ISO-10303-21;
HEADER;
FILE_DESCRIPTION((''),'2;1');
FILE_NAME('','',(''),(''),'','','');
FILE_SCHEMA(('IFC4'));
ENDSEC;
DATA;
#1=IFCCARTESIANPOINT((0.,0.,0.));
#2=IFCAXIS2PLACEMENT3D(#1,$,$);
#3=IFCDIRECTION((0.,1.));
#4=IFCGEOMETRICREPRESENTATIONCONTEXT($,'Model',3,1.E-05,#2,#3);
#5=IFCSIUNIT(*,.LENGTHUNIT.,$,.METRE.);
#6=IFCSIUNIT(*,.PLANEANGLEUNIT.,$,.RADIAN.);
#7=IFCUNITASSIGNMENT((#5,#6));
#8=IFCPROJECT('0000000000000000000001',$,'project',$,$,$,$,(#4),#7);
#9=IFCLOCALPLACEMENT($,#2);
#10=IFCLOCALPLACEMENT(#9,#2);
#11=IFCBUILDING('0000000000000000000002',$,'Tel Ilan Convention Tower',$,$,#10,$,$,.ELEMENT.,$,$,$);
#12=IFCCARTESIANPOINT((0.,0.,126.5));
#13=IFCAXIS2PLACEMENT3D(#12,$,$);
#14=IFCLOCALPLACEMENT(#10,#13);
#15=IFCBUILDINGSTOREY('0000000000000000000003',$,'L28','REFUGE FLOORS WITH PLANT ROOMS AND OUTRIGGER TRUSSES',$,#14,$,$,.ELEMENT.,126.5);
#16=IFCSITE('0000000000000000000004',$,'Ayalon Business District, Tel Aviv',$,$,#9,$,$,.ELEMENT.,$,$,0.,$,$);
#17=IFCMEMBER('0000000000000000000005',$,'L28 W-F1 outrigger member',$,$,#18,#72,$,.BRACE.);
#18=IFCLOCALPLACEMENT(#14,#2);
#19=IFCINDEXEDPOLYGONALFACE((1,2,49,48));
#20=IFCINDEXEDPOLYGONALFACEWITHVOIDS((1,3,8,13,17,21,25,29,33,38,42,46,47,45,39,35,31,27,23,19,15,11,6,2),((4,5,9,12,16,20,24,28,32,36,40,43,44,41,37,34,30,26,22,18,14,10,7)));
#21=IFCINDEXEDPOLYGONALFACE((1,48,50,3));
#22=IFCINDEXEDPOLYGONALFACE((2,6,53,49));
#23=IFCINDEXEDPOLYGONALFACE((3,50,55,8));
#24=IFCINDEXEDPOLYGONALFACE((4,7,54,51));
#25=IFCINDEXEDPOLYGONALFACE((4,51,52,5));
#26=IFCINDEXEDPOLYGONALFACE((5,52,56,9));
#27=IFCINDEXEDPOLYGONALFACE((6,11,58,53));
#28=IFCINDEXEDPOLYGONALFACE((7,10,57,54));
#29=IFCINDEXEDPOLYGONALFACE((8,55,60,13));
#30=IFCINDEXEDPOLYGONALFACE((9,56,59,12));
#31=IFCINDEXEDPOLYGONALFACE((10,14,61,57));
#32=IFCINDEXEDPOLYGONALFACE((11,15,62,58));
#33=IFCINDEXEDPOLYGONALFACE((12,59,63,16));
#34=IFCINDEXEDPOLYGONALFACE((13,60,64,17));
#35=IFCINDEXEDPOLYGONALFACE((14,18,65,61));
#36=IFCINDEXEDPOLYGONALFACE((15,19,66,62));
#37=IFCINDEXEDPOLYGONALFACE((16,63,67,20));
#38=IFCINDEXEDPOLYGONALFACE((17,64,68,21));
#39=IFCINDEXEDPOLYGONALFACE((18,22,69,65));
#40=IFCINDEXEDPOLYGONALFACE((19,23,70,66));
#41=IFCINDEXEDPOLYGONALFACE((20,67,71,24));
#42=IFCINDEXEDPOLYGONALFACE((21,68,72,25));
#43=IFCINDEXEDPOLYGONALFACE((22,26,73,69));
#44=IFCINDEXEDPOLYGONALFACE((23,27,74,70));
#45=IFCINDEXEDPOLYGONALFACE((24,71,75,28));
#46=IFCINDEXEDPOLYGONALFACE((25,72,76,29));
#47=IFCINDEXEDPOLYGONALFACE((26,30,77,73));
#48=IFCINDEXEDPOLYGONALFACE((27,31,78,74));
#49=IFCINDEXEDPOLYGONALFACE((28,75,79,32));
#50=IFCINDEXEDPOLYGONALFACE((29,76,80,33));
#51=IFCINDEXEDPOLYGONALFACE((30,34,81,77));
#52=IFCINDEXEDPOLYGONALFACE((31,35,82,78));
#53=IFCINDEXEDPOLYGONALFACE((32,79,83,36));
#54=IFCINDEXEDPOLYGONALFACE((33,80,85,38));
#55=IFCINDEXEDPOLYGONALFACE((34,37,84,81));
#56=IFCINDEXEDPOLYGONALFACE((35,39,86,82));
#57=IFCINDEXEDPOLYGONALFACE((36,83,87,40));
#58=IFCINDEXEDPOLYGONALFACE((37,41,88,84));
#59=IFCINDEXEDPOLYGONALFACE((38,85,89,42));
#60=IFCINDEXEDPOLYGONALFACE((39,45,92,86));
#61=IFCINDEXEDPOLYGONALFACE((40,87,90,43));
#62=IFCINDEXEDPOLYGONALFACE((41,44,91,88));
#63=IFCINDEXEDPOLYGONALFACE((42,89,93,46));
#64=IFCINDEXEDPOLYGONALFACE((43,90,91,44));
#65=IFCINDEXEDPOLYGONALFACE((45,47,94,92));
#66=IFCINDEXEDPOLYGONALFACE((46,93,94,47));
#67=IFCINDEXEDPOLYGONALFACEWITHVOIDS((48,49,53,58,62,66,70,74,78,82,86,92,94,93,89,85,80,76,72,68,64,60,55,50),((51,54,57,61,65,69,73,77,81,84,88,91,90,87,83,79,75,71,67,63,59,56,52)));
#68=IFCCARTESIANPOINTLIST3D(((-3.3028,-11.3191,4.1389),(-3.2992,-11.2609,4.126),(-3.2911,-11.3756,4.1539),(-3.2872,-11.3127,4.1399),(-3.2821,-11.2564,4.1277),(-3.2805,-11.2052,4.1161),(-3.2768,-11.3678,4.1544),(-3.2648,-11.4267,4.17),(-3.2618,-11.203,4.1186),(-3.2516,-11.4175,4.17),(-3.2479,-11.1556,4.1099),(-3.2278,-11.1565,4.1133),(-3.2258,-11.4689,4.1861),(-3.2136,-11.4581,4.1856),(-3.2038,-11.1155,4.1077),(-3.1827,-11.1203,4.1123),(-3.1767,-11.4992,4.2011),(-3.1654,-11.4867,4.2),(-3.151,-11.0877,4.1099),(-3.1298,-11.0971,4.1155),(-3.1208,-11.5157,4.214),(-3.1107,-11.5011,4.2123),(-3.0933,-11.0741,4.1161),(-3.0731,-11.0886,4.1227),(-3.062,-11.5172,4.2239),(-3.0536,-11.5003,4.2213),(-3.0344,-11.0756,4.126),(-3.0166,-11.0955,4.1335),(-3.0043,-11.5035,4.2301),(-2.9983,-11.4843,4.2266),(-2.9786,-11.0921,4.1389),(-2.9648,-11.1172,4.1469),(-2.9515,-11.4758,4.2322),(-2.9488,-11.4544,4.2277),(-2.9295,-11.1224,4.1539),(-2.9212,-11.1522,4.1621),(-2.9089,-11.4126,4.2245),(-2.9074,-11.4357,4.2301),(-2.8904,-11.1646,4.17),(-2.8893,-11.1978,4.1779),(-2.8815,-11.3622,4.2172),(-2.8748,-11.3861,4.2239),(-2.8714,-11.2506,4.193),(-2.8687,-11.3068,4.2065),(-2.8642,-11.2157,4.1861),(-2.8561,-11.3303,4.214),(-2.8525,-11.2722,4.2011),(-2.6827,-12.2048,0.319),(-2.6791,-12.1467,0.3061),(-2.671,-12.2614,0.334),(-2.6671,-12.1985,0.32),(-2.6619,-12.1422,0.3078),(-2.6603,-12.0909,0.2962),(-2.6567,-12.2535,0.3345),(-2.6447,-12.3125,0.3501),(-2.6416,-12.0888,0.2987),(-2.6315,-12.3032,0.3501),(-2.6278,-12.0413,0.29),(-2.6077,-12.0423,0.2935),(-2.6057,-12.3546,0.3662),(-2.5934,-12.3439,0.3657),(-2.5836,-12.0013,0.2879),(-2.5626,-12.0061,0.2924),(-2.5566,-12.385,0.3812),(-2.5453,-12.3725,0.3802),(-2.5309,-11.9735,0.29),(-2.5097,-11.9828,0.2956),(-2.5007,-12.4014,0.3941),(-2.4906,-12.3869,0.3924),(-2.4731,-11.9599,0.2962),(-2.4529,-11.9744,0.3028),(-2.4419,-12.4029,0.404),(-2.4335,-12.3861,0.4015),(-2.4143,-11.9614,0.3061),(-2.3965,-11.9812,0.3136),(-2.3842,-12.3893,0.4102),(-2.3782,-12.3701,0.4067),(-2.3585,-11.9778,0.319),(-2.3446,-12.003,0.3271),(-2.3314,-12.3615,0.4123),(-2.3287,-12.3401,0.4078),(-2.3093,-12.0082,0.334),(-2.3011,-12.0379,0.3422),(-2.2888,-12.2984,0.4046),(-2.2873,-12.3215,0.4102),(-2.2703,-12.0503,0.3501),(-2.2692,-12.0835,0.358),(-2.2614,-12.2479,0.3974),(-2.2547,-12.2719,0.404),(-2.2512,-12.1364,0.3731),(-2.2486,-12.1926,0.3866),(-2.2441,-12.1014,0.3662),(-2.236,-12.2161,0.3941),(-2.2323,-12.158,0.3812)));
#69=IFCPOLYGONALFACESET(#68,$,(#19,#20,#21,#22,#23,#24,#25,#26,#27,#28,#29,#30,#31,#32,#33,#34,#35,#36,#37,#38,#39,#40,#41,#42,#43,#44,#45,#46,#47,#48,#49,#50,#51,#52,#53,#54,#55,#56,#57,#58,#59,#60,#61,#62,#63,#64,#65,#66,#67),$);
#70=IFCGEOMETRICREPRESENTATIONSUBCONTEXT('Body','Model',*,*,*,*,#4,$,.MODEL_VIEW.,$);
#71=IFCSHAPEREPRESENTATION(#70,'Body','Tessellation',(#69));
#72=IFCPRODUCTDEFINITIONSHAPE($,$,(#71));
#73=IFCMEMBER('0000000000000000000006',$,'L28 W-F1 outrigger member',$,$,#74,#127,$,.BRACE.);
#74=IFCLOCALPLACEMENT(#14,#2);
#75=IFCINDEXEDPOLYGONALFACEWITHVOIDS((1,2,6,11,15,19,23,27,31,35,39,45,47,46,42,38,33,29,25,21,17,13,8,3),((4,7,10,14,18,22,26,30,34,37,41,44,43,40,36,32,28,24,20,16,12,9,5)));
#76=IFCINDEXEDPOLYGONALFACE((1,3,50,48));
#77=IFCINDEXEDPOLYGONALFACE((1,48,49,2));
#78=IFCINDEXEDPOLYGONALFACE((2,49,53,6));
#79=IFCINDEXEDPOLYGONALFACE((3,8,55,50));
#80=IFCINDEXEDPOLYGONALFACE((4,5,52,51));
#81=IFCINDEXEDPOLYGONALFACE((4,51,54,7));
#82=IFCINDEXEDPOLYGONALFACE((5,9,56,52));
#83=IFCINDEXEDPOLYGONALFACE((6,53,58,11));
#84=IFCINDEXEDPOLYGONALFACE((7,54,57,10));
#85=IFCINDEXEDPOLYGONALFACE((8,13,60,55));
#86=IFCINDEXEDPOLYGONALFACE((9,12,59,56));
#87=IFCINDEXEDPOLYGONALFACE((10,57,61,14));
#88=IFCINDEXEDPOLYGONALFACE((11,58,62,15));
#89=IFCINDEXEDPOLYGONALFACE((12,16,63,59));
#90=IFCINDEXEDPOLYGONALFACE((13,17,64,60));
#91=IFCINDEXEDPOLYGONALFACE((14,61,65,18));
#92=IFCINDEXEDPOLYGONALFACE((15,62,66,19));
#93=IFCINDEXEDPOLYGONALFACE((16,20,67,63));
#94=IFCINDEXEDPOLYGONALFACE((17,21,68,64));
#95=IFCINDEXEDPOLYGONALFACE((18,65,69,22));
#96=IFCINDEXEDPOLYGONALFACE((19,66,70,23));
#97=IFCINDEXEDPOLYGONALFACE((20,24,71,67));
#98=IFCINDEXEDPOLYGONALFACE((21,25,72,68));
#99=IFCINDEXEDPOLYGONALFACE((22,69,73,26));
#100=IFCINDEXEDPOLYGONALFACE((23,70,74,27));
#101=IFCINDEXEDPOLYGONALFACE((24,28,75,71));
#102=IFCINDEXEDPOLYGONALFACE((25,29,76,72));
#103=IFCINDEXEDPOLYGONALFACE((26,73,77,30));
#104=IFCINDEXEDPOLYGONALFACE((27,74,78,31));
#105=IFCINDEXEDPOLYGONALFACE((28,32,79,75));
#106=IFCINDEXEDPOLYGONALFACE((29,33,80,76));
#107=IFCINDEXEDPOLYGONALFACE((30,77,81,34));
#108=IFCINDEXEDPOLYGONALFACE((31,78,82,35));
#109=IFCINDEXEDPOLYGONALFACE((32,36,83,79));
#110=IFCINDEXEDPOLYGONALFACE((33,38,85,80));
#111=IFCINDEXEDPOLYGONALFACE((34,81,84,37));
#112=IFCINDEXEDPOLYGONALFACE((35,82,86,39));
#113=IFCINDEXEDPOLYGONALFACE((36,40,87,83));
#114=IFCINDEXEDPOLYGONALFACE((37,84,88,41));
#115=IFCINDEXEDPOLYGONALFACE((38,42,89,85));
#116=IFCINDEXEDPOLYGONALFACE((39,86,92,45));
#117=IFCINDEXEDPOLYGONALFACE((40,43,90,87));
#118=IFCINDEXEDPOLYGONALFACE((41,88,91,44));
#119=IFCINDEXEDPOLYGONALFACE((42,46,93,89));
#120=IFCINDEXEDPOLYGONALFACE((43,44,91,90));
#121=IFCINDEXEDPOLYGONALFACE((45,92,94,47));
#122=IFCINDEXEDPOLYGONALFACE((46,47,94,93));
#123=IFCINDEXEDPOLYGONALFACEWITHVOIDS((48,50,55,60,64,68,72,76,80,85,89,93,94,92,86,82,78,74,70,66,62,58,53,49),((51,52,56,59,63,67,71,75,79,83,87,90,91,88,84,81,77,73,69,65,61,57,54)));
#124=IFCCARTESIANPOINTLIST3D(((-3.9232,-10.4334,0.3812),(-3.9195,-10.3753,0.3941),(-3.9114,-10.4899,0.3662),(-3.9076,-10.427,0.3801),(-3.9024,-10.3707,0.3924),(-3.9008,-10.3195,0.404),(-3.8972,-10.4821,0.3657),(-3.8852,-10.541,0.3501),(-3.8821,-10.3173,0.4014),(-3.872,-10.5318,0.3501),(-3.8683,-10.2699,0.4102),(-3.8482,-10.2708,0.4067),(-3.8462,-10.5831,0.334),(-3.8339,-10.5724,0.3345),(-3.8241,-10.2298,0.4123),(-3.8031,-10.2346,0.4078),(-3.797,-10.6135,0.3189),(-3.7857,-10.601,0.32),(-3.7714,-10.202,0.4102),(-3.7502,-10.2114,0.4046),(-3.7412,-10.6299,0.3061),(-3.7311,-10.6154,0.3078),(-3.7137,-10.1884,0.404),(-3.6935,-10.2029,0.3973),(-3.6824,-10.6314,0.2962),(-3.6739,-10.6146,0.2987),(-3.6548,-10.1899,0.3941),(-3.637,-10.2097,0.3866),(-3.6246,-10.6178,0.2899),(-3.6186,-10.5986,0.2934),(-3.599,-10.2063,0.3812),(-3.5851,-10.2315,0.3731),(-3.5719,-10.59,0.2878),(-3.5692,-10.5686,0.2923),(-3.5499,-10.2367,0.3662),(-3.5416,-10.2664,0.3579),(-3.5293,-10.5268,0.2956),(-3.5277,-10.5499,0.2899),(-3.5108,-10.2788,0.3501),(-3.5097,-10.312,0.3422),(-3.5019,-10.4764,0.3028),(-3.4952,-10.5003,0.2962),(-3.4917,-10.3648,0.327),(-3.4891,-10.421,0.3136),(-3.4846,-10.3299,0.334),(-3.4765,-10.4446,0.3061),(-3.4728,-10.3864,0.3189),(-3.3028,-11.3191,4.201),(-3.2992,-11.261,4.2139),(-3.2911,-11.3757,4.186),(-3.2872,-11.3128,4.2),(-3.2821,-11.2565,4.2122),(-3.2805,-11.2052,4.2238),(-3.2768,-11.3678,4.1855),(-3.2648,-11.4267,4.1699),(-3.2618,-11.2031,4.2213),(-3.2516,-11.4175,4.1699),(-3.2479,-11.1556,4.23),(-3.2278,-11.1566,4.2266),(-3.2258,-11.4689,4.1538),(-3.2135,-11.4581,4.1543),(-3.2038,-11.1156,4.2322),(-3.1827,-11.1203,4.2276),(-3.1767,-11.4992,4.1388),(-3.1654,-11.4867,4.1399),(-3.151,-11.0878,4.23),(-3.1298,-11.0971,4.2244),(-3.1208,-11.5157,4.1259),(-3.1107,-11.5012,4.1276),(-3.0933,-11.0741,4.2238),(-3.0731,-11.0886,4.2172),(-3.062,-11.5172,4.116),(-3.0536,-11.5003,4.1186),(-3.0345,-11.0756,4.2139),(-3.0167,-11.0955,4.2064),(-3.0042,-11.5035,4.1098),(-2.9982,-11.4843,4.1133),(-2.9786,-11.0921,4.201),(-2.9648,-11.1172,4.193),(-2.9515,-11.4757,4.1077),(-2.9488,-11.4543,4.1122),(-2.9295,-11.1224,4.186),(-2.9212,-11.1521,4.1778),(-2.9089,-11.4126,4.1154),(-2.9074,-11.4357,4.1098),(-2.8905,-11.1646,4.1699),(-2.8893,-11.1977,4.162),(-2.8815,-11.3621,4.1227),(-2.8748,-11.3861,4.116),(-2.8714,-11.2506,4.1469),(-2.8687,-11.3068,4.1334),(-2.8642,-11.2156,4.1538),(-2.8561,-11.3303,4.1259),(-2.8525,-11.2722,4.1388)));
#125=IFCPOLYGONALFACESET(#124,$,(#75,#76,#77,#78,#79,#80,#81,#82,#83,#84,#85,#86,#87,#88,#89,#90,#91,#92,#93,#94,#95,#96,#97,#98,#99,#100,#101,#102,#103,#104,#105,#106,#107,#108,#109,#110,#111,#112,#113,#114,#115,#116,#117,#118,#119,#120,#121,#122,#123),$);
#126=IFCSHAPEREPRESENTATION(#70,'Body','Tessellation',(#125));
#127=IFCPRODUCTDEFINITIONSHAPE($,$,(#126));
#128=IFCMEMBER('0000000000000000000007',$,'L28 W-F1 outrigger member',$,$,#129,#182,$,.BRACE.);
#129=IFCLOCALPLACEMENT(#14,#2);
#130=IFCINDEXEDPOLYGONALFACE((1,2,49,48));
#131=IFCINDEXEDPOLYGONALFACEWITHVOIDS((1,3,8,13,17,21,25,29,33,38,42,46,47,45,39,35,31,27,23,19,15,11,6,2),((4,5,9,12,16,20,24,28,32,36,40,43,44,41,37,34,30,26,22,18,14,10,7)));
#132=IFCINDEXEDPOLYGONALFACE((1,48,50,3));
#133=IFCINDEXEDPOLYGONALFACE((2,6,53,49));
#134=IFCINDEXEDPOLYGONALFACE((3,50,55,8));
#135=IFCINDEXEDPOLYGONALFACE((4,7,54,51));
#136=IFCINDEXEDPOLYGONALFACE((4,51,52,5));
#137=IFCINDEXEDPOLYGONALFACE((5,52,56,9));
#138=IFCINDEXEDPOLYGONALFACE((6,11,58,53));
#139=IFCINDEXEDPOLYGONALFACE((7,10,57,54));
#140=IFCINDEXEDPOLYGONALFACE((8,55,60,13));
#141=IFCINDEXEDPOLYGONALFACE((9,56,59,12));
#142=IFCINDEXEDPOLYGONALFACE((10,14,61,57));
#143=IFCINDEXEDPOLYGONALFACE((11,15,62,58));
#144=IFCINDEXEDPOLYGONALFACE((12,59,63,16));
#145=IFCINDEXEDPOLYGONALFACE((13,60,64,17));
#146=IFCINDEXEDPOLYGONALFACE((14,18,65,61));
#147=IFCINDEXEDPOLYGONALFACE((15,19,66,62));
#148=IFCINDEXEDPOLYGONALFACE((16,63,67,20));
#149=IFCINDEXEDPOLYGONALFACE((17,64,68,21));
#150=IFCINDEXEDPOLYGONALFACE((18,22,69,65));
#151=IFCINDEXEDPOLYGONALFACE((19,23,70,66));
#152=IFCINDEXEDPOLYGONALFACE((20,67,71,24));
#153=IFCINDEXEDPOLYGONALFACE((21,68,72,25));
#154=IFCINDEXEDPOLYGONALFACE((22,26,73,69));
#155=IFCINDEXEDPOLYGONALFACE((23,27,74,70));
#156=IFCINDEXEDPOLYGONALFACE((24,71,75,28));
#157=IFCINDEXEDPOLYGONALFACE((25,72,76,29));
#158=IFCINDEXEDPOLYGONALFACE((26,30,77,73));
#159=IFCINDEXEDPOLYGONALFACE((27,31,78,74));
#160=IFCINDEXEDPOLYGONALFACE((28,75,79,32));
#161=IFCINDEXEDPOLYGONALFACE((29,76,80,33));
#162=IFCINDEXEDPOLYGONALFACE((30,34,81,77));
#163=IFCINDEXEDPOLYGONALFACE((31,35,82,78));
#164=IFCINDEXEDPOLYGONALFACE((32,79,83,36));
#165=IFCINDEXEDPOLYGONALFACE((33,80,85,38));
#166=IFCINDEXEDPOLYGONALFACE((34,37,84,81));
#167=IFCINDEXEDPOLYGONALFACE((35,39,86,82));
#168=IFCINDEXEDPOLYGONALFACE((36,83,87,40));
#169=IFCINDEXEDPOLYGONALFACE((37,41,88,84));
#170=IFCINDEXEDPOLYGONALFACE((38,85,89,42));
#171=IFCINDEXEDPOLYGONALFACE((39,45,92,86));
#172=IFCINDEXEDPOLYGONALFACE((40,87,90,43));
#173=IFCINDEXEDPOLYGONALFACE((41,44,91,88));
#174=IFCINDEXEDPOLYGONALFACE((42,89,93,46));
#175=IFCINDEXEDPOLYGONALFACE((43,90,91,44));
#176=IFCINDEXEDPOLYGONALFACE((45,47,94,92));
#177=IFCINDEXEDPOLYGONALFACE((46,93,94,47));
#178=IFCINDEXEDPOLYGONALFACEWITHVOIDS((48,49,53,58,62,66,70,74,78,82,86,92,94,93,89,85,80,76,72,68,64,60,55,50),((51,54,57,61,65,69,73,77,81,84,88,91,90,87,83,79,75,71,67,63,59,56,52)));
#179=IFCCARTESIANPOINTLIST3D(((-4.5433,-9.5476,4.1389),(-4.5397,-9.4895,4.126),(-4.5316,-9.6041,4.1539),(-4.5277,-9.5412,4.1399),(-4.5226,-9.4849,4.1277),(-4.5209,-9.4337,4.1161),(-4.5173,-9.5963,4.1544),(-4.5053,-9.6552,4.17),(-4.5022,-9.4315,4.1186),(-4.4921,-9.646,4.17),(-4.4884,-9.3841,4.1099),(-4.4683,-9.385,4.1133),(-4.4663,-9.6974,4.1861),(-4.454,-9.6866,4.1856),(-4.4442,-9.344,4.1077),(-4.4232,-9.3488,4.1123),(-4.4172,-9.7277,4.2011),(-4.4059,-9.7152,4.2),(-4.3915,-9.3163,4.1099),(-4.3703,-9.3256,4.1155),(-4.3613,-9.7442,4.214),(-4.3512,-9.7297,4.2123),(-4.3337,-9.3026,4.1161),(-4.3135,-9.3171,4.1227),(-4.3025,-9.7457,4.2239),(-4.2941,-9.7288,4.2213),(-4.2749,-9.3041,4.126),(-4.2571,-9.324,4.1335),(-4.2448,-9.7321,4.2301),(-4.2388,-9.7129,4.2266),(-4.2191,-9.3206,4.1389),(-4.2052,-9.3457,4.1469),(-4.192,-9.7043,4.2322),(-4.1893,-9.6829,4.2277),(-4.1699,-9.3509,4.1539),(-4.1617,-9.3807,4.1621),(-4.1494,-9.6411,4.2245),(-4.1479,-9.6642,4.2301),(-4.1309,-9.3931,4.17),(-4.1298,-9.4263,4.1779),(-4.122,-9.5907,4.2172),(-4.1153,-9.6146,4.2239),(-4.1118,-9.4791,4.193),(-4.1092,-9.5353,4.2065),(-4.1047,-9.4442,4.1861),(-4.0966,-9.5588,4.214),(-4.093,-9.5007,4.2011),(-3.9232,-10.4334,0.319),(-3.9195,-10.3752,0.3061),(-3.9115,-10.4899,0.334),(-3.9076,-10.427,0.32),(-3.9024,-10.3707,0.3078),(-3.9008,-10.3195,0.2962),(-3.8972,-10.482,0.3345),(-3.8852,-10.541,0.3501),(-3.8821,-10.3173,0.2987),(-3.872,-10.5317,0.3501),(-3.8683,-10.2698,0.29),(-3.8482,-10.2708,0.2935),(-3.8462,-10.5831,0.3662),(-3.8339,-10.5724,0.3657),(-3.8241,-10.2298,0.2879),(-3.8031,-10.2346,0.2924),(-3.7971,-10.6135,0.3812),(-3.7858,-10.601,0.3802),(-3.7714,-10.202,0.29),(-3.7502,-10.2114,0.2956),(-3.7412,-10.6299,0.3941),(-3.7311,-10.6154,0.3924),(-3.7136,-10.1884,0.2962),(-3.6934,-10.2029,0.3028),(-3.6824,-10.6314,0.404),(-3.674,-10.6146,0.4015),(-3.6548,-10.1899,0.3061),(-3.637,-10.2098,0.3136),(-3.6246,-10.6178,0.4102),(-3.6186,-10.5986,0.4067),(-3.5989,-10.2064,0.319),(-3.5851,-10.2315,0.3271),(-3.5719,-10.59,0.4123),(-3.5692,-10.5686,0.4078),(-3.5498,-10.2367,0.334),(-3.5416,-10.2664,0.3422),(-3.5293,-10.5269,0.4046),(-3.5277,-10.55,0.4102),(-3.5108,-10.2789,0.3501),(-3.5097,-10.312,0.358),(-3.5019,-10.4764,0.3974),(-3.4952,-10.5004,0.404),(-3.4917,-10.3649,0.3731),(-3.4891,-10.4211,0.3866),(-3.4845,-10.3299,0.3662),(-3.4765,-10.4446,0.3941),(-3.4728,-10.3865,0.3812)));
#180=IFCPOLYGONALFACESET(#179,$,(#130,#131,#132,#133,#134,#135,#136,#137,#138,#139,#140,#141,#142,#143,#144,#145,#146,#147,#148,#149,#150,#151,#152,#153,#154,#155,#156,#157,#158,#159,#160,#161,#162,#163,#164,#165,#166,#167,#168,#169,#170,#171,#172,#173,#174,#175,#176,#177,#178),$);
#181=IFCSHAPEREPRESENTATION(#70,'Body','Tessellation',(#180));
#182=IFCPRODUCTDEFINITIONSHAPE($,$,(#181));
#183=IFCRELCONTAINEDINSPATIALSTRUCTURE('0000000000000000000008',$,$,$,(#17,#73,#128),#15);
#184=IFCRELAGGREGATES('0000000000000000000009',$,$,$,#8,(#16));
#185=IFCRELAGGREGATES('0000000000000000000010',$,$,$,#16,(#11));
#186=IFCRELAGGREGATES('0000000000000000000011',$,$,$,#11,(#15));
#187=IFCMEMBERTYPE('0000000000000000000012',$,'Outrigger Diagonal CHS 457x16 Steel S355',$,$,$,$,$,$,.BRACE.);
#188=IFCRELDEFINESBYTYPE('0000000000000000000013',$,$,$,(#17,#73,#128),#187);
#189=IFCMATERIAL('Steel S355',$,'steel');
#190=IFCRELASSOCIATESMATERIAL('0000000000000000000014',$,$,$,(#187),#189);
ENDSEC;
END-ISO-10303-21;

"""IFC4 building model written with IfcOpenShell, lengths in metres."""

from ifc_helpers import new_model, si_unit, direction, frame, origin, origin_2d, place, context, subcontext, project, spatial, hollow_circle, extrude, material, material_profile, profile_set, type_object, element, save


model = new_model("IFC4")

# Units and contexts
model_context = context("Model", 3, precision=1e-05, world=origin(), true_north=direction((0.0, 1.0)))
body_context = subcontext(model_context, "Body", "Model", "MODEL_VIEW")
ifc_project = project(units=[si_unit("LENGTHUNIT", "METRE"), si_unit("PLANEANGLEUNIT", "RADIAN")], contexts=[model_context])

# Site, building, storey
site_placement = place(None, origin())
site = spatial("IfcSite", under=ifc_project, at=site_placement, Name="Ayalon Business District, Tel Aviv", CompositionType="ELEMENT", RefElevation=0.0)
building_placement = place(site_placement, origin())
building = spatial("IfcBuilding", under=site, at=building_placement, Name="Tel Ilan Convention Tower", CompositionType="ELEMENT")
storey_placement = place(building_placement, frame((0.0, 0.0, 126.5)))
storey = spatial("IfcBuildingStorey", under=building, at=storey_placement, Name="L28", Description="REFUGE FLOORS WITH PLANT ROOMS AND OUTRIGGER TRUSSES", CompositionType="ELEMENT", Elevation=126.5)

# Members
ifc_material_1 = material(Name="Steel S355", Category="steel")
ifc_material_profile_1 = material_profile(ifc_material_1, hollow_circle(Radius=0.2285, WallThickness=0.0161, at=origin_2d()), Name="CHS 457x16")
ifc_profile_set_1 = profile_set([ifc_material_profile_1], Name="Steel S355")
member_type_1 = type_object("IfcMemberType", Name="Outrigger Diagonal CHS 457x16 Steel S355", PredefinedType="BRACE", material=ifc_profile_set_1)
for number, where, z_axis, x_axis, name in (
    (1, (-2.4575, -12.1814, 0.3501), (-0.156205, 0.223114, 0.962195), (-0.819189, -0.573523, 0.0), "L28 W-F1 outrigger member"),
    (2, (-3.0776, -11.2957, 4.1699), (-0.156265, 0.223112, -0.962186), (-0.819083, -0.573674, 0.0), "L28 W-F1 outrigger member"),
    (3, (-3.698, -10.4099, 0.3501), (-0.156205, 0.223114, 0.962195), (-0.819189, -0.573523, 0.0), "L28 W-F1 outrigger member"),
):
    element("IfcMember", number, at=place(storey_placement, frame(where, z_axis=z_axis, x_axis=x_axis)), inside=storey, type_object=member_type_1, Name=name, PredefinedType="BRACE", context=body_context, shape_type="SweptSolid", body=[
        extrude(hollow_circle(Radius=0.2285, WallThickness=0.0161, at=origin_2d()), origin(), (0.0, 0.0, 1.0), 3.97),
    ])

save(model, "model.ifc")
